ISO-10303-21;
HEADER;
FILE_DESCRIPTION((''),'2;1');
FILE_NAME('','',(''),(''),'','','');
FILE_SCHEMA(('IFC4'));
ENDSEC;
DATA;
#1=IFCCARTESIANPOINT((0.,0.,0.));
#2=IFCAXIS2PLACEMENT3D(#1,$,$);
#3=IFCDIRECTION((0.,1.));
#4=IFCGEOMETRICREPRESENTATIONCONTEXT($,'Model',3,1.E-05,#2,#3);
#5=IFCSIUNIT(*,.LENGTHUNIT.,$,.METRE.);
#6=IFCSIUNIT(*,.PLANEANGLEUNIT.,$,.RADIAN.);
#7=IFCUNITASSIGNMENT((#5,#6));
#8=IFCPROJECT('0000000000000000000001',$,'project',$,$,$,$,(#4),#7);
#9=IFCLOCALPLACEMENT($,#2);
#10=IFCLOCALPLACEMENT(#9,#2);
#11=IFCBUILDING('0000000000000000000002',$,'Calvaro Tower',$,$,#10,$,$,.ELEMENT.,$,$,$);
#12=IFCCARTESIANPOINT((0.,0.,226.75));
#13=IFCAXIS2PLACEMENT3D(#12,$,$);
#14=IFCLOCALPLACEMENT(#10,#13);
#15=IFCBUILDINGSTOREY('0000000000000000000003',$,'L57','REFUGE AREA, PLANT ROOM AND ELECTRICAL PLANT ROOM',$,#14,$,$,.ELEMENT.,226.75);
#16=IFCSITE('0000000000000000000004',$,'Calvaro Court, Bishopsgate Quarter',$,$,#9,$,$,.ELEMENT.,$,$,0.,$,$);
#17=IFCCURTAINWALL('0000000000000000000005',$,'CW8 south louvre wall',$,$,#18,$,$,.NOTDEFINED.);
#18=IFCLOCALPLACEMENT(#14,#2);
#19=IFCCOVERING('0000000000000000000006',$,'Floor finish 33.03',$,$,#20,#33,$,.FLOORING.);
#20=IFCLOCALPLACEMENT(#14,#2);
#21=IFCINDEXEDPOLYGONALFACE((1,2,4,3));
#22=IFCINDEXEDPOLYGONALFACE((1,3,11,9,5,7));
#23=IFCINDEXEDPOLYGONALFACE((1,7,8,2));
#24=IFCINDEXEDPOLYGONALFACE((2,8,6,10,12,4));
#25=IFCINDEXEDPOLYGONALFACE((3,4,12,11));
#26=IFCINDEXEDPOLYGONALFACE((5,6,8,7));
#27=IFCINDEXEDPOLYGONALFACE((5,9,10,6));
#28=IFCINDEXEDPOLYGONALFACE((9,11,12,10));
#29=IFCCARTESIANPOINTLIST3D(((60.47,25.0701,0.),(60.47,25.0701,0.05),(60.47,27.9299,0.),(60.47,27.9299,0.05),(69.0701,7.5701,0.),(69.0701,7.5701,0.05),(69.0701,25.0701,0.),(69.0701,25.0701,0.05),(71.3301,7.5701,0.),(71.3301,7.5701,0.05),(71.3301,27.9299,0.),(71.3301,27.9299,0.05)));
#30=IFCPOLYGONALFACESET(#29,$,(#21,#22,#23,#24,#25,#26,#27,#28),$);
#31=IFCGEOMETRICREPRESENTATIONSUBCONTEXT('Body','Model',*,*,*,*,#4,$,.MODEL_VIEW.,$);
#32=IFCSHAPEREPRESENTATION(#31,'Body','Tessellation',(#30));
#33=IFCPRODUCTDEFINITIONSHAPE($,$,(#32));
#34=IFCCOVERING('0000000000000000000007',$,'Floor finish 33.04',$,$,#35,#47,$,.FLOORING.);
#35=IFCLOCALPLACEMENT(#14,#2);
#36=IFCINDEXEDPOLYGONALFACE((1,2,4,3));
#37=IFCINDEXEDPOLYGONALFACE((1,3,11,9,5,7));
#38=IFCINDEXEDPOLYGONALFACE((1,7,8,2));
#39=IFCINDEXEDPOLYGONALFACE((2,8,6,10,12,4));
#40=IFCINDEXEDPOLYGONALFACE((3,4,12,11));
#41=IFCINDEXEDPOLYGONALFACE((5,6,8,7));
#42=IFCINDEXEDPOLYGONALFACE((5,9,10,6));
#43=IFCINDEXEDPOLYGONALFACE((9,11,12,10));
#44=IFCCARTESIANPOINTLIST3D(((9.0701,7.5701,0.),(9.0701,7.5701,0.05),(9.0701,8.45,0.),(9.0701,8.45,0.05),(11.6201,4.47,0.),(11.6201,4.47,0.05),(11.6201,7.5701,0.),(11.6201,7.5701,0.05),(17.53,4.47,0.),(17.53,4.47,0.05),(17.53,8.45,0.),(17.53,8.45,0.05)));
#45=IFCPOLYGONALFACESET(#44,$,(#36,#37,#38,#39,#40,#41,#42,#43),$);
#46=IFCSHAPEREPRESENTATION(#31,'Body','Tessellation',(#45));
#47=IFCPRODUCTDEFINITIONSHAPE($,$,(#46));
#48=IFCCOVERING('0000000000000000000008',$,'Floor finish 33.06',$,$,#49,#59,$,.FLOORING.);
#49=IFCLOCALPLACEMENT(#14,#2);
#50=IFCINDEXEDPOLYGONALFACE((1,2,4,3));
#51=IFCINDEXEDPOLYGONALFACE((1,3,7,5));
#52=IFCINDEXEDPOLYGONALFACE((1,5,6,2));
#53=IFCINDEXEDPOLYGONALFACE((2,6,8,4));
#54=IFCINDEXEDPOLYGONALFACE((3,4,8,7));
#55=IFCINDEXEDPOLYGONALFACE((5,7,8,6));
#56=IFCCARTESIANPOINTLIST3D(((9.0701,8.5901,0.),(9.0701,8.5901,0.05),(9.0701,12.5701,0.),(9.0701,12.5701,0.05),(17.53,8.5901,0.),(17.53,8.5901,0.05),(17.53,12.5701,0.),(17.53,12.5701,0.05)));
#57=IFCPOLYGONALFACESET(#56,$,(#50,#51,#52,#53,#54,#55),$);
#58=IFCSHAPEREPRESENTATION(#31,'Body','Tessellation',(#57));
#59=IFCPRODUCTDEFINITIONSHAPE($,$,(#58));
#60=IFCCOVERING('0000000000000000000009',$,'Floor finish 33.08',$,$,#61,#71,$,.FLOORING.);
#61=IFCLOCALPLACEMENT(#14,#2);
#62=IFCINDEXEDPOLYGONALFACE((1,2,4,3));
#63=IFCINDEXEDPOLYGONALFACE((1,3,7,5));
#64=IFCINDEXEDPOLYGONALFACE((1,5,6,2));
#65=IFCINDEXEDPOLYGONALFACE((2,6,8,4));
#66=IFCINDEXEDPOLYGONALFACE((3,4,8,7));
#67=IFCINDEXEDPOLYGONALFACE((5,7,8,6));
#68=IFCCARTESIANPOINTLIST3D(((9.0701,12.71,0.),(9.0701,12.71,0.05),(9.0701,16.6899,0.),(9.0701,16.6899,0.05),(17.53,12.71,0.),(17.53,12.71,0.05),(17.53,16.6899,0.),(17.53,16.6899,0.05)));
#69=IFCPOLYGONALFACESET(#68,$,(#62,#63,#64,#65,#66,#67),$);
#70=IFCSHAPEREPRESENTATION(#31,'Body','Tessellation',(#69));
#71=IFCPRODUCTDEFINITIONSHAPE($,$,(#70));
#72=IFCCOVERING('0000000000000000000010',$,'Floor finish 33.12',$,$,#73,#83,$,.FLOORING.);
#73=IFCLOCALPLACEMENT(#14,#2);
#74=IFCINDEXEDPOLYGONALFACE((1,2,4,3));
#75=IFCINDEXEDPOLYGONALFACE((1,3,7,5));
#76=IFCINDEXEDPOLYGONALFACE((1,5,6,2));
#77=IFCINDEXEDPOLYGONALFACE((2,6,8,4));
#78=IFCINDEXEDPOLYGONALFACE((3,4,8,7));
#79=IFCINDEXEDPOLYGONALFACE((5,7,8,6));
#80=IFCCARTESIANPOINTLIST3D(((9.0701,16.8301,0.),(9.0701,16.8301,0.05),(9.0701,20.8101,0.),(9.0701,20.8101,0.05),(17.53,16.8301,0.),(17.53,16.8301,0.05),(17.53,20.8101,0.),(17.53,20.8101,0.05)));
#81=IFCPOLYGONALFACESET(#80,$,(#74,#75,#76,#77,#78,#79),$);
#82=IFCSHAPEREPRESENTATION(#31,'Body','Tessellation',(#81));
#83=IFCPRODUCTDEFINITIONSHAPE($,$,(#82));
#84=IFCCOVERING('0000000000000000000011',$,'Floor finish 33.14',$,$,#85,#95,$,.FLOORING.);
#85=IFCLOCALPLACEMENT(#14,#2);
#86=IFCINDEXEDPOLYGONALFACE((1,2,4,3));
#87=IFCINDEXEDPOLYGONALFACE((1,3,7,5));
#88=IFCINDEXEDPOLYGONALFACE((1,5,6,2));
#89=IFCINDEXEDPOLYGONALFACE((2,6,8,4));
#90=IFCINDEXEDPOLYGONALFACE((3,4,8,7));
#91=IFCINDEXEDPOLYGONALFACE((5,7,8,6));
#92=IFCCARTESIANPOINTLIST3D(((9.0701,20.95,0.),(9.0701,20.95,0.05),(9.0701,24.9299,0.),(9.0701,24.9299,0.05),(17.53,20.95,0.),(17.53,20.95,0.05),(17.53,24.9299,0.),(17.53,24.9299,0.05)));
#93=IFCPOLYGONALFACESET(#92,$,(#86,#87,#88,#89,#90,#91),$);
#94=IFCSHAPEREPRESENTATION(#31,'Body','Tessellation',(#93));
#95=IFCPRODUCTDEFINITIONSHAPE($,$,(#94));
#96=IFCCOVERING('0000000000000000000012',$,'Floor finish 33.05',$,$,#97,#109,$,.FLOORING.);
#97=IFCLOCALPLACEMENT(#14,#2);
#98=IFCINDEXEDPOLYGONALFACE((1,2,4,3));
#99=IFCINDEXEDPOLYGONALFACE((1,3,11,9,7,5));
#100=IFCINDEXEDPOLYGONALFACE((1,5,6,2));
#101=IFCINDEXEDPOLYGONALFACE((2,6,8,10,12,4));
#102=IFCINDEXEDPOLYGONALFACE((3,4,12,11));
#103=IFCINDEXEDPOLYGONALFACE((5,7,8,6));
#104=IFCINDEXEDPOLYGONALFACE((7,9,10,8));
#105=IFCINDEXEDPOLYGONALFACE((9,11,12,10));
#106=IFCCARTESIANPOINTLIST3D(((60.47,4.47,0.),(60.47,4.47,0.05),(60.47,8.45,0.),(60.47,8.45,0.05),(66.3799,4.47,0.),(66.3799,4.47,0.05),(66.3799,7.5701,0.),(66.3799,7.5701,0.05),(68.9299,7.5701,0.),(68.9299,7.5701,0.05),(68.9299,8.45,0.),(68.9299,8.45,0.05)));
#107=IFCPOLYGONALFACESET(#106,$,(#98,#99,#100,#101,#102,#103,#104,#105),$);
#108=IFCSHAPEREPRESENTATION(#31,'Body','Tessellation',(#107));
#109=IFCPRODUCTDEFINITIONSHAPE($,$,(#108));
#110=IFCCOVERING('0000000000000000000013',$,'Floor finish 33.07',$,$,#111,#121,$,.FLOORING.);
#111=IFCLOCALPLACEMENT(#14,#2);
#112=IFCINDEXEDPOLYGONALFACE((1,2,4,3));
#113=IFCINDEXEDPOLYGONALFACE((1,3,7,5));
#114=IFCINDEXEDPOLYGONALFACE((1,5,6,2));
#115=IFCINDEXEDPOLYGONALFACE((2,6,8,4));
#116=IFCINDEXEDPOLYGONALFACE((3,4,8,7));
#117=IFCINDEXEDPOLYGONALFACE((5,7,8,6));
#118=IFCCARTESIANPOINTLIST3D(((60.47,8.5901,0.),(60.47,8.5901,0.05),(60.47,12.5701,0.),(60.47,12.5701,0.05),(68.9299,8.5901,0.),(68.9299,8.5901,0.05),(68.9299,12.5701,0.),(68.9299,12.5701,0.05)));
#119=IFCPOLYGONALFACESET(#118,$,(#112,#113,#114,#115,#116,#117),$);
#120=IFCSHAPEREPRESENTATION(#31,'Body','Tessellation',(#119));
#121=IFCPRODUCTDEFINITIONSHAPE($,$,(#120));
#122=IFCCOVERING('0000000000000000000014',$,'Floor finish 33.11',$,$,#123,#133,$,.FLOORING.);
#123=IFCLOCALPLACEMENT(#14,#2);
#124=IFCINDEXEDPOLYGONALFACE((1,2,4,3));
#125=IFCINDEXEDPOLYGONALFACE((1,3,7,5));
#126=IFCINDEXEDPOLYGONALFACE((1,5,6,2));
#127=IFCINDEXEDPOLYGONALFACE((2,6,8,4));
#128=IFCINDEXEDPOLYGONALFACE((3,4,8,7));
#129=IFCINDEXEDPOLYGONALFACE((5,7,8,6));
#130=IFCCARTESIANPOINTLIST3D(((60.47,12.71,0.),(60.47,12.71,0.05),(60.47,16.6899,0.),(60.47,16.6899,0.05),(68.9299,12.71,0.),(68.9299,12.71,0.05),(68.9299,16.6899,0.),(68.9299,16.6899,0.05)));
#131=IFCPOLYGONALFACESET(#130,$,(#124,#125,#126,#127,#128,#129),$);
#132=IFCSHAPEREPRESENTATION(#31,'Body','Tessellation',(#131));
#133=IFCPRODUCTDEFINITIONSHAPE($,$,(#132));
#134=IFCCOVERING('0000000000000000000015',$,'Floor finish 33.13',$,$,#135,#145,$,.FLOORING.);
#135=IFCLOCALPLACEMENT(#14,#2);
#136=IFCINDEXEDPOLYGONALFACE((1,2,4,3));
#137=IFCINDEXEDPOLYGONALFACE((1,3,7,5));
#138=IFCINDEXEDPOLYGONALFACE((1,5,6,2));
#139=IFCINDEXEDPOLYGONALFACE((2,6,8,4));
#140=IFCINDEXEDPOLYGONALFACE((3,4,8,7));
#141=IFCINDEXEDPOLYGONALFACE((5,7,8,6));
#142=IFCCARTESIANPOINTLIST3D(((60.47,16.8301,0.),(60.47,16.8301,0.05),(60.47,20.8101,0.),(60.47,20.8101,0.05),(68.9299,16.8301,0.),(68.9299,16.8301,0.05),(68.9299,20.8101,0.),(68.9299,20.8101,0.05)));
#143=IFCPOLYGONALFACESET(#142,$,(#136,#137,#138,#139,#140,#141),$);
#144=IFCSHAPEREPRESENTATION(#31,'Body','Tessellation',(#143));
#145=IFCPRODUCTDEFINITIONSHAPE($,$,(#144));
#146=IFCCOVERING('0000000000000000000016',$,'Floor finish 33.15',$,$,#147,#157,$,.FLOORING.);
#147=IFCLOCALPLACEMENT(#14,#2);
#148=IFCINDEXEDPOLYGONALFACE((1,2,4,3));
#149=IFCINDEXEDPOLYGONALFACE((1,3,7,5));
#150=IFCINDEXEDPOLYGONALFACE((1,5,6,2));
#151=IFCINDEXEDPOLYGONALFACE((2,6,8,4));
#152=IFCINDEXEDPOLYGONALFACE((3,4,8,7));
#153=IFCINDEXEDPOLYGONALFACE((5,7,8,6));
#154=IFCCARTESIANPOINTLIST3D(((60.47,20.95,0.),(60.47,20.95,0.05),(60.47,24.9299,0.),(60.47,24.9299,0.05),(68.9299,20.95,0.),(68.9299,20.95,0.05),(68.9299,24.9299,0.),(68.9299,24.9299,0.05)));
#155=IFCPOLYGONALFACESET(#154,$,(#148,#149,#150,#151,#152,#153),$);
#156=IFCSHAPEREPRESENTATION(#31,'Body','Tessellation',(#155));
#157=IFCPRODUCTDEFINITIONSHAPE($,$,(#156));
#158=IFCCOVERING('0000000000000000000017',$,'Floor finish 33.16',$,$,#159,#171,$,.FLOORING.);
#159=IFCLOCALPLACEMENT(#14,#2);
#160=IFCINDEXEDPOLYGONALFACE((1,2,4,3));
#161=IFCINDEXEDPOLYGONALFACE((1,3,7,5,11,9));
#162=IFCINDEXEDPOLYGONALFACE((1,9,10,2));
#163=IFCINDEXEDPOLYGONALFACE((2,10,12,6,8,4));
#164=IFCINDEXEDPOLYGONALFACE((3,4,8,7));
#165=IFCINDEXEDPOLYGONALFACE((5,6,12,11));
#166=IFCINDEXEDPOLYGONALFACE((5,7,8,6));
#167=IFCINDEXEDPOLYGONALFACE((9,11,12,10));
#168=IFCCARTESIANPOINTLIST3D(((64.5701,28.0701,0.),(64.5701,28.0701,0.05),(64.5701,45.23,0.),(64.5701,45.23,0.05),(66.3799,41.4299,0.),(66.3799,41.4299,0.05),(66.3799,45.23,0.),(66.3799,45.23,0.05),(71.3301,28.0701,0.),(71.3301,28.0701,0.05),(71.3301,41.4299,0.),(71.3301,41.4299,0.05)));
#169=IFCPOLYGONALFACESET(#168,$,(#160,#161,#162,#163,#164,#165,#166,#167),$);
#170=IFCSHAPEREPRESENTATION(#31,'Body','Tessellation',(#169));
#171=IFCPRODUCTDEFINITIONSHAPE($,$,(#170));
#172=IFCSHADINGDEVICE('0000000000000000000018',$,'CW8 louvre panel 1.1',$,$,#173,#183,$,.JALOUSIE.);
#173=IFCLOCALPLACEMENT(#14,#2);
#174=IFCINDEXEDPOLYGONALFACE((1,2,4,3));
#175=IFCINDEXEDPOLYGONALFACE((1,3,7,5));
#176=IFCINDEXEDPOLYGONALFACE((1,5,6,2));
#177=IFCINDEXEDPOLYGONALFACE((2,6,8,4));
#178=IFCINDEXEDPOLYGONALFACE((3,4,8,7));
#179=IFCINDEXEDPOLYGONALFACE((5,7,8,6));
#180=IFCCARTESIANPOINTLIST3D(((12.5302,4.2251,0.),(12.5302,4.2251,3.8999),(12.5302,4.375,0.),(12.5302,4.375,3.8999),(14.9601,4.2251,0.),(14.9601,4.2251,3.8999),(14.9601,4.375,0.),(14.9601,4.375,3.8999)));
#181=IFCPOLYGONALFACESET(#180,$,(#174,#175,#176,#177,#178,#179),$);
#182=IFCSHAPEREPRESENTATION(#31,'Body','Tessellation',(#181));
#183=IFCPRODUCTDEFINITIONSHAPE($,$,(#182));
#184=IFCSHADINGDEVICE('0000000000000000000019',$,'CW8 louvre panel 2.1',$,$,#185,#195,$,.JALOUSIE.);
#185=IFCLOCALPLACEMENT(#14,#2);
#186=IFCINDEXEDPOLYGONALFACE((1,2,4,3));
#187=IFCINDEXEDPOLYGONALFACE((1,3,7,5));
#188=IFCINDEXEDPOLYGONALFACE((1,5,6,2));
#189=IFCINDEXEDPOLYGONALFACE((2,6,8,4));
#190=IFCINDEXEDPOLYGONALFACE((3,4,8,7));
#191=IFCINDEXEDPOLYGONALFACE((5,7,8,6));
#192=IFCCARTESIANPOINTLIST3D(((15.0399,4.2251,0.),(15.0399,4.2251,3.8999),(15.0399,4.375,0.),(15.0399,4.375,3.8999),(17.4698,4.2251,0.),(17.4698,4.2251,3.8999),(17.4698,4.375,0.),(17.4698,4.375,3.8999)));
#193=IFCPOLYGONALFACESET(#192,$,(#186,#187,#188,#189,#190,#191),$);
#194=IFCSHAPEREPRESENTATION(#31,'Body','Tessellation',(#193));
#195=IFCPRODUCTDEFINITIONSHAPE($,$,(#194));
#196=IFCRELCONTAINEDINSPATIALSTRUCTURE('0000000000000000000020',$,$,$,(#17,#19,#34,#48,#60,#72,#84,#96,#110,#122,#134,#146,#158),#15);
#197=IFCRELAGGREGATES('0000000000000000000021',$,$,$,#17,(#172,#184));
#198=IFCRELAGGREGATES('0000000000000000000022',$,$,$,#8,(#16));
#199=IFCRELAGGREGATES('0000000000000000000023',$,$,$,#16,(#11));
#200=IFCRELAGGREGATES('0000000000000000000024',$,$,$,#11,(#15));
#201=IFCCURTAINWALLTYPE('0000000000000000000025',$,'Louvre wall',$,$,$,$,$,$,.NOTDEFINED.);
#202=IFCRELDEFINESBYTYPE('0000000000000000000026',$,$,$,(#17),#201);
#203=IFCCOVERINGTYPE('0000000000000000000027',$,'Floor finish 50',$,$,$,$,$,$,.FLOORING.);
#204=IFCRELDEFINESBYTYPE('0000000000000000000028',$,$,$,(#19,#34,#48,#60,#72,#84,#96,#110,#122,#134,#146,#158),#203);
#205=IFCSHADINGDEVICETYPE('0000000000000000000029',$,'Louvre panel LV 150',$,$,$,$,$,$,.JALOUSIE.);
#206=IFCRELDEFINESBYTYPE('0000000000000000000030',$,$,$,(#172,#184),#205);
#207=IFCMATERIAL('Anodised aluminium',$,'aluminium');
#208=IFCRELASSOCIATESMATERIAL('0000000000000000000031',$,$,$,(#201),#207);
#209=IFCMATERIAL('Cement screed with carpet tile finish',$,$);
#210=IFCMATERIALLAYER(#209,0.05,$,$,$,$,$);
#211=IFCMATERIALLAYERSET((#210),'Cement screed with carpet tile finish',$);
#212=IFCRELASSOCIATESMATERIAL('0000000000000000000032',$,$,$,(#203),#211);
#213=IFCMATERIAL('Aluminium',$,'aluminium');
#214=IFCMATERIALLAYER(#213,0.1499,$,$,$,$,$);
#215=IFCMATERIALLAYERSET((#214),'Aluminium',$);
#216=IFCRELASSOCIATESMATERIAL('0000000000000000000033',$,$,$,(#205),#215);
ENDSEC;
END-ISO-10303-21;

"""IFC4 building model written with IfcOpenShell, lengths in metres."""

from ifc_helpers import new_model, si_unit, direction, frame, origin, origin_2d, place, context, subcontext, project, spatial, polyline, rectangle, outline, extrude, material, layer, layer_set, type_object, element, aggregate, save


model = new_model("IFC4")

# Units and contexts
model_context = context("Model", 3, precision=1e-05, world=origin(), true_north=direction((0.0, 1.0)))
body_context = subcontext(model_context, "Body", "Model", "MODEL_VIEW")
ifc_project = project(units=[si_unit("LENGTHUNIT", "METRE"), si_unit("PLANEANGLEUNIT", "RADIAN")], contexts=[model_context])

# Site, building, storey
site_placement = place(None, origin())
site = spatial("IfcSite", under=ifc_project, at=site_placement, Name="Calvaro Court, Bishopsgate Quarter", CompositionType="ELEMENT", RefElevation=0.0)
building_placement = place(site_placement, origin())
building = spatial("IfcBuilding", under=site, at=building_placement, Name="Calvaro Tower", CompositionType="ELEMENT")
storey_placement = place(building_placement, frame((0.0, 0.0, 226.75)))
storey = spatial("IfcBuildingStorey", under=building, at=storey_placement, Name="L57", Description="REFUGE AREA, PLANT ROOM AND ELECTRICAL PLANT ROOM", CompositionType="ELEMENT", Elevation=226.75)

# Curtain wall
ifc_material_1 = material(Name="Anodised aluminium", Category="aluminium")
curtain_wall_type = type_object("IfcCurtainWallType", Name="Louvre wall", PredefinedType="NOTDEFINED", material=ifc_material_1)
curtain_wall_placement = place(storey_placement, origin())
curtain_wall = element("IfcCurtainWall", 1, at=curtain_wall_placement, inside=storey, type_object=curtain_wall_type, Name="CW8 south louvre wall", PredefinedType="NOTDEFINED")

# Coverings
ifc_material_2 = material(Name="Cement screed with carpet tile finish")
ifc_layer_1 = layer(ifc_material_2, 0.05)
ifc_layer_set_1 = layer_set([ifc_layer_1], Name="Cement screed with carpet tile finish")
covering_type = type_object("IfcCoveringType", Name="Floor finish 50", PredefinedType="FLOORING", material=ifc_layer_set_1)
covering_1_placement = place(storey_placement, origin())
element("IfcCovering", 2, at=covering_1_placement, inside=storey, type_object=covering_type, Name="Floor finish 33.03", PredefinedType="FLOORING", context=body_context, shape_type="SweptSolid", body=[
    extrude(outline(polyline([(69.0701, 25.0701), (60.47, 25.0701), (60.47, 27.9299), (71.3301, 27.9299), (71.3301, 7.5701), (69.0701, 7.5701), (69.0701, 25.0701)])), origin(), (0.0, 0.0, 1.0), 0.05),
])
covering_2_placement = place(storey_placement, origin())
element("IfcCovering", 3, at=covering_2_placement, inside=storey, type_object=covering_type, Name="Floor finish 33.04", PredefinedType="FLOORING", context=body_context, shape_type="SweptSolid", body=[
    extrude(outline(polyline([(9.0701, 8.45), (17.53, 8.45), (17.53, 4.47), (11.6201, 4.47), (11.6201, 7.5701), (9.0701, 7.5701), (9.0701, 8.45)])), origin(), (0.0, 0.0, 1.0), 0.05),
])
covering_3_placement = place(storey_placement, origin())
element("IfcCovering", 4, at=covering_3_placement, inside=storey, type_object=covering_type, Name="Floor finish 33.06", PredefinedType="FLOORING", context=body_context, shape_type="SweptSolid", body=[
    extrude(outline(polyline([(9.0701, 8.5901), (9.0701, 12.5701), (17.53, 12.5701), (17.53, 8.5901), (9.0701, 8.5901)])), origin(), (0.0, 0.0, 1.0), 0.05),
])
covering_4_placement = place(storey_placement, origin())
element("IfcCovering", 5, at=covering_4_placement, inside=storey, type_object=covering_type, Name="Floor finish 33.08", PredefinedType="FLOORING", context=body_context, shape_type="SweptSolid", body=[
    extrude(outline(polyline([(9.0701, 12.71), (9.0701, 16.6899), (17.53, 16.6899), (17.53, 12.71), (9.0701, 12.71)])), origin(), (0.0, 0.0, 1.0), 0.05),
])
covering_5_placement = place(storey_placement, origin())
element("IfcCovering", 6, at=covering_5_placement, inside=storey, type_object=covering_type, Name="Floor finish 33.12", PredefinedType="FLOORING", context=body_context, shape_type="SweptSolid", body=[
    extrude(outline(polyline([(9.0701, 16.8301), (9.0701, 20.8101), (17.53, 20.8101), (17.53, 16.8301), (9.0701, 16.8301)])), origin(), (0.0, 0.0, 1.0), 0.05),
])
covering_6_placement = place(storey_placement, origin())
element("IfcCovering", 7, at=covering_6_placement, inside=storey, type_object=covering_type, Name="Floor finish 33.14", PredefinedType="FLOORING", context=body_context, shape_type="SweptSolid", body=[
    extrude(outline(polyline([(9.0701, 20.95), (9.0701, 24.9299), (17.53, 24.9299), (17.53, 20.95), (9.0701, 20.95)])), origin(), (0.0, 0.0, 1.0), 0.05),
])
covering_7_placement = place(storey_placement, origin())
element("IfcCovering", 8, at=covering_7_placement, inside=storey, type_object=covering_type, Name="Floor finish 33.05", PredefinedType="FLOORING", context=body_context, shape_type="SweptSolid", body=[
    extrude(outline(polyline([(60.47, 8.45), (68.9299, 8.45), (68.9299, 7.5701), (66.3799, 7.5701), (66.3799, 4.47), (60.47, 4.47), (60.47, 8.45)])), origin(), (0.0, 0.0, 1.0), 0.05),
])
covering_8_placement = place(storey_placement, origin())
element("IfcCovering", 9, at=covering_8_placement, inside=storey, type_object=covering_type, Name="Floor finish 33.07", PredefinedType="FLOORING", context=body_context, shape_type="SweptSolid", body=[
    extrude(outline(polyline([(60.47, 8.5901), (60.47, 12.5701), (68.9299, 12.5701), (68.9299, 8.5901), (60.47, 8.5901)])), origin(), (0.0, 0.0, 1.0), 0.05),
])
covering_9_placement = place(storey_placement, origin())
element("IfcCovering", 10, at=covering_9_placement, inside=storey, type_object=covering_type, Name="Floor finish 33.11", PredefinedType="FLOORING", context=body_context, shape_type="SweptSolid", body=[
    extrude(outline(polyline([(60.47, 12.71), (60.47, 16.6899), (68.9299, 16.6899), (68.9299, 12.71), (60.47, 12.71)])), origin(), (0.0, 0.0, 1.0), 0.05),
])
covering_10_placement = place(storey_placement, origin())
element("IfcCovering", 11, at=covering_10_placement, inside=storey, type_object=covering_type, Name="Floor finish 33.13", PredefinedType="FLOORING", context=body_context, shape_type="SweptSolid", body=[
    extrude(outline(polyline([(60.47, 16.8301), (60.47, 20.8101), (68.9299, 20.8101), (68.9299, 16.8301), (60.47, 16.8301)])), origin(), (0.0, 0.0, 1.0), 0.05),
])
covering_11_placement = place(storey_placement, origin())
element("IfcCovering", 12, at=covering_11_placement, inside=storey, type_object=covering_type, Name="Floor finish 33.15", PredefinedType="FLOORING", context=body_context, shape_type="SweptSolid", body=[
    extrude(outline(polyline([(60.47, 20.95), (60.47, 24.9299), (68.9299, 24.9299), (68.9299, 20.95), (60.47, 20.95)])), origin(), (0.0, 0.0, 1.0), 0.05),
])
covering_12_placement = place(storey_placement, origin())
element("IfcCovering", 13, at=covering_12_placement, inside=storey, type_object=covering_type, Name="Floor finish 33.16", PredefinedType="FLOORING", context=body_context, shape_type="SweptSolid", body=[
    extrude(outline(polyline([(71.3301, 28.0701), (64.5701, 28.0701), (64.5701, 45.23), (66.3799, 45.23), (66.3799, 41.4299), (71.3301, 41.4299), (71.3301, 28.0701)])), origin(), (0.0, 0.0, 1.0), 0.05),
])

# Shading devices
ifc_material_3 = material(Name="Aluminium", Category="aluminium")
ifc_layer_2 = layer(ifc_material_3, 0.1499)
ifc_layer_set_2 = layer_set([ifc_layer_2], Name="Aluminium")
shading_device_type_1 = type_object("IfcShadingDeviceType", Name="Louvre panel LV 150", PredefinedType="JALOUSIE", material=ifc_layer_set_2)
shading_device_1_placement = place(storey_placement, frame((13.7451, 4.3, 0.0), z_axis=(0.0, 0.0, 1.0), x_axis=(1.0, 0.0, 0.0)))
shading_device_1 = element("IfcShadingDevice", 14, at=shading_device_1_placement, type_object=shading_device_type_1, Name="CW8 louvre panel 1.1", PredefinedType="JALOUSIE", context=body_context, shape_type="SweptSolid", body=[
    extrude(rectangle(XDim=2.4299, YDim=0.1499, at=origin_2d()), origin(), (0.0, 0.0, 1.0), 3.8999),
])
shading_device_2_placement = place(storey_placement, frame((16.2549, 4.3, 0.0), z_axis=(0.0, 0.0, 1.0), x_axis=(1.0, 0.0, 0.0)))
shading_device_2 = element("IfcShadingDevice", 15, at=shading_device_2_placement, type_object=shading_device_type_1, Name="CW8 louvre panel 2.1", PredefinedType="JALOUSIE", context=body_context, shape_type="SweptSolid", body=[
    extrude(rectangle(XDim=2.4299, YDim=0.1499, at=origin_2d()), origin(), (0.0, 0.0, 1.0), 3.8999),
])
aggregate(curtain_wall, [shading_device_1, shading_device_2])

save(model, "model.ifc")
